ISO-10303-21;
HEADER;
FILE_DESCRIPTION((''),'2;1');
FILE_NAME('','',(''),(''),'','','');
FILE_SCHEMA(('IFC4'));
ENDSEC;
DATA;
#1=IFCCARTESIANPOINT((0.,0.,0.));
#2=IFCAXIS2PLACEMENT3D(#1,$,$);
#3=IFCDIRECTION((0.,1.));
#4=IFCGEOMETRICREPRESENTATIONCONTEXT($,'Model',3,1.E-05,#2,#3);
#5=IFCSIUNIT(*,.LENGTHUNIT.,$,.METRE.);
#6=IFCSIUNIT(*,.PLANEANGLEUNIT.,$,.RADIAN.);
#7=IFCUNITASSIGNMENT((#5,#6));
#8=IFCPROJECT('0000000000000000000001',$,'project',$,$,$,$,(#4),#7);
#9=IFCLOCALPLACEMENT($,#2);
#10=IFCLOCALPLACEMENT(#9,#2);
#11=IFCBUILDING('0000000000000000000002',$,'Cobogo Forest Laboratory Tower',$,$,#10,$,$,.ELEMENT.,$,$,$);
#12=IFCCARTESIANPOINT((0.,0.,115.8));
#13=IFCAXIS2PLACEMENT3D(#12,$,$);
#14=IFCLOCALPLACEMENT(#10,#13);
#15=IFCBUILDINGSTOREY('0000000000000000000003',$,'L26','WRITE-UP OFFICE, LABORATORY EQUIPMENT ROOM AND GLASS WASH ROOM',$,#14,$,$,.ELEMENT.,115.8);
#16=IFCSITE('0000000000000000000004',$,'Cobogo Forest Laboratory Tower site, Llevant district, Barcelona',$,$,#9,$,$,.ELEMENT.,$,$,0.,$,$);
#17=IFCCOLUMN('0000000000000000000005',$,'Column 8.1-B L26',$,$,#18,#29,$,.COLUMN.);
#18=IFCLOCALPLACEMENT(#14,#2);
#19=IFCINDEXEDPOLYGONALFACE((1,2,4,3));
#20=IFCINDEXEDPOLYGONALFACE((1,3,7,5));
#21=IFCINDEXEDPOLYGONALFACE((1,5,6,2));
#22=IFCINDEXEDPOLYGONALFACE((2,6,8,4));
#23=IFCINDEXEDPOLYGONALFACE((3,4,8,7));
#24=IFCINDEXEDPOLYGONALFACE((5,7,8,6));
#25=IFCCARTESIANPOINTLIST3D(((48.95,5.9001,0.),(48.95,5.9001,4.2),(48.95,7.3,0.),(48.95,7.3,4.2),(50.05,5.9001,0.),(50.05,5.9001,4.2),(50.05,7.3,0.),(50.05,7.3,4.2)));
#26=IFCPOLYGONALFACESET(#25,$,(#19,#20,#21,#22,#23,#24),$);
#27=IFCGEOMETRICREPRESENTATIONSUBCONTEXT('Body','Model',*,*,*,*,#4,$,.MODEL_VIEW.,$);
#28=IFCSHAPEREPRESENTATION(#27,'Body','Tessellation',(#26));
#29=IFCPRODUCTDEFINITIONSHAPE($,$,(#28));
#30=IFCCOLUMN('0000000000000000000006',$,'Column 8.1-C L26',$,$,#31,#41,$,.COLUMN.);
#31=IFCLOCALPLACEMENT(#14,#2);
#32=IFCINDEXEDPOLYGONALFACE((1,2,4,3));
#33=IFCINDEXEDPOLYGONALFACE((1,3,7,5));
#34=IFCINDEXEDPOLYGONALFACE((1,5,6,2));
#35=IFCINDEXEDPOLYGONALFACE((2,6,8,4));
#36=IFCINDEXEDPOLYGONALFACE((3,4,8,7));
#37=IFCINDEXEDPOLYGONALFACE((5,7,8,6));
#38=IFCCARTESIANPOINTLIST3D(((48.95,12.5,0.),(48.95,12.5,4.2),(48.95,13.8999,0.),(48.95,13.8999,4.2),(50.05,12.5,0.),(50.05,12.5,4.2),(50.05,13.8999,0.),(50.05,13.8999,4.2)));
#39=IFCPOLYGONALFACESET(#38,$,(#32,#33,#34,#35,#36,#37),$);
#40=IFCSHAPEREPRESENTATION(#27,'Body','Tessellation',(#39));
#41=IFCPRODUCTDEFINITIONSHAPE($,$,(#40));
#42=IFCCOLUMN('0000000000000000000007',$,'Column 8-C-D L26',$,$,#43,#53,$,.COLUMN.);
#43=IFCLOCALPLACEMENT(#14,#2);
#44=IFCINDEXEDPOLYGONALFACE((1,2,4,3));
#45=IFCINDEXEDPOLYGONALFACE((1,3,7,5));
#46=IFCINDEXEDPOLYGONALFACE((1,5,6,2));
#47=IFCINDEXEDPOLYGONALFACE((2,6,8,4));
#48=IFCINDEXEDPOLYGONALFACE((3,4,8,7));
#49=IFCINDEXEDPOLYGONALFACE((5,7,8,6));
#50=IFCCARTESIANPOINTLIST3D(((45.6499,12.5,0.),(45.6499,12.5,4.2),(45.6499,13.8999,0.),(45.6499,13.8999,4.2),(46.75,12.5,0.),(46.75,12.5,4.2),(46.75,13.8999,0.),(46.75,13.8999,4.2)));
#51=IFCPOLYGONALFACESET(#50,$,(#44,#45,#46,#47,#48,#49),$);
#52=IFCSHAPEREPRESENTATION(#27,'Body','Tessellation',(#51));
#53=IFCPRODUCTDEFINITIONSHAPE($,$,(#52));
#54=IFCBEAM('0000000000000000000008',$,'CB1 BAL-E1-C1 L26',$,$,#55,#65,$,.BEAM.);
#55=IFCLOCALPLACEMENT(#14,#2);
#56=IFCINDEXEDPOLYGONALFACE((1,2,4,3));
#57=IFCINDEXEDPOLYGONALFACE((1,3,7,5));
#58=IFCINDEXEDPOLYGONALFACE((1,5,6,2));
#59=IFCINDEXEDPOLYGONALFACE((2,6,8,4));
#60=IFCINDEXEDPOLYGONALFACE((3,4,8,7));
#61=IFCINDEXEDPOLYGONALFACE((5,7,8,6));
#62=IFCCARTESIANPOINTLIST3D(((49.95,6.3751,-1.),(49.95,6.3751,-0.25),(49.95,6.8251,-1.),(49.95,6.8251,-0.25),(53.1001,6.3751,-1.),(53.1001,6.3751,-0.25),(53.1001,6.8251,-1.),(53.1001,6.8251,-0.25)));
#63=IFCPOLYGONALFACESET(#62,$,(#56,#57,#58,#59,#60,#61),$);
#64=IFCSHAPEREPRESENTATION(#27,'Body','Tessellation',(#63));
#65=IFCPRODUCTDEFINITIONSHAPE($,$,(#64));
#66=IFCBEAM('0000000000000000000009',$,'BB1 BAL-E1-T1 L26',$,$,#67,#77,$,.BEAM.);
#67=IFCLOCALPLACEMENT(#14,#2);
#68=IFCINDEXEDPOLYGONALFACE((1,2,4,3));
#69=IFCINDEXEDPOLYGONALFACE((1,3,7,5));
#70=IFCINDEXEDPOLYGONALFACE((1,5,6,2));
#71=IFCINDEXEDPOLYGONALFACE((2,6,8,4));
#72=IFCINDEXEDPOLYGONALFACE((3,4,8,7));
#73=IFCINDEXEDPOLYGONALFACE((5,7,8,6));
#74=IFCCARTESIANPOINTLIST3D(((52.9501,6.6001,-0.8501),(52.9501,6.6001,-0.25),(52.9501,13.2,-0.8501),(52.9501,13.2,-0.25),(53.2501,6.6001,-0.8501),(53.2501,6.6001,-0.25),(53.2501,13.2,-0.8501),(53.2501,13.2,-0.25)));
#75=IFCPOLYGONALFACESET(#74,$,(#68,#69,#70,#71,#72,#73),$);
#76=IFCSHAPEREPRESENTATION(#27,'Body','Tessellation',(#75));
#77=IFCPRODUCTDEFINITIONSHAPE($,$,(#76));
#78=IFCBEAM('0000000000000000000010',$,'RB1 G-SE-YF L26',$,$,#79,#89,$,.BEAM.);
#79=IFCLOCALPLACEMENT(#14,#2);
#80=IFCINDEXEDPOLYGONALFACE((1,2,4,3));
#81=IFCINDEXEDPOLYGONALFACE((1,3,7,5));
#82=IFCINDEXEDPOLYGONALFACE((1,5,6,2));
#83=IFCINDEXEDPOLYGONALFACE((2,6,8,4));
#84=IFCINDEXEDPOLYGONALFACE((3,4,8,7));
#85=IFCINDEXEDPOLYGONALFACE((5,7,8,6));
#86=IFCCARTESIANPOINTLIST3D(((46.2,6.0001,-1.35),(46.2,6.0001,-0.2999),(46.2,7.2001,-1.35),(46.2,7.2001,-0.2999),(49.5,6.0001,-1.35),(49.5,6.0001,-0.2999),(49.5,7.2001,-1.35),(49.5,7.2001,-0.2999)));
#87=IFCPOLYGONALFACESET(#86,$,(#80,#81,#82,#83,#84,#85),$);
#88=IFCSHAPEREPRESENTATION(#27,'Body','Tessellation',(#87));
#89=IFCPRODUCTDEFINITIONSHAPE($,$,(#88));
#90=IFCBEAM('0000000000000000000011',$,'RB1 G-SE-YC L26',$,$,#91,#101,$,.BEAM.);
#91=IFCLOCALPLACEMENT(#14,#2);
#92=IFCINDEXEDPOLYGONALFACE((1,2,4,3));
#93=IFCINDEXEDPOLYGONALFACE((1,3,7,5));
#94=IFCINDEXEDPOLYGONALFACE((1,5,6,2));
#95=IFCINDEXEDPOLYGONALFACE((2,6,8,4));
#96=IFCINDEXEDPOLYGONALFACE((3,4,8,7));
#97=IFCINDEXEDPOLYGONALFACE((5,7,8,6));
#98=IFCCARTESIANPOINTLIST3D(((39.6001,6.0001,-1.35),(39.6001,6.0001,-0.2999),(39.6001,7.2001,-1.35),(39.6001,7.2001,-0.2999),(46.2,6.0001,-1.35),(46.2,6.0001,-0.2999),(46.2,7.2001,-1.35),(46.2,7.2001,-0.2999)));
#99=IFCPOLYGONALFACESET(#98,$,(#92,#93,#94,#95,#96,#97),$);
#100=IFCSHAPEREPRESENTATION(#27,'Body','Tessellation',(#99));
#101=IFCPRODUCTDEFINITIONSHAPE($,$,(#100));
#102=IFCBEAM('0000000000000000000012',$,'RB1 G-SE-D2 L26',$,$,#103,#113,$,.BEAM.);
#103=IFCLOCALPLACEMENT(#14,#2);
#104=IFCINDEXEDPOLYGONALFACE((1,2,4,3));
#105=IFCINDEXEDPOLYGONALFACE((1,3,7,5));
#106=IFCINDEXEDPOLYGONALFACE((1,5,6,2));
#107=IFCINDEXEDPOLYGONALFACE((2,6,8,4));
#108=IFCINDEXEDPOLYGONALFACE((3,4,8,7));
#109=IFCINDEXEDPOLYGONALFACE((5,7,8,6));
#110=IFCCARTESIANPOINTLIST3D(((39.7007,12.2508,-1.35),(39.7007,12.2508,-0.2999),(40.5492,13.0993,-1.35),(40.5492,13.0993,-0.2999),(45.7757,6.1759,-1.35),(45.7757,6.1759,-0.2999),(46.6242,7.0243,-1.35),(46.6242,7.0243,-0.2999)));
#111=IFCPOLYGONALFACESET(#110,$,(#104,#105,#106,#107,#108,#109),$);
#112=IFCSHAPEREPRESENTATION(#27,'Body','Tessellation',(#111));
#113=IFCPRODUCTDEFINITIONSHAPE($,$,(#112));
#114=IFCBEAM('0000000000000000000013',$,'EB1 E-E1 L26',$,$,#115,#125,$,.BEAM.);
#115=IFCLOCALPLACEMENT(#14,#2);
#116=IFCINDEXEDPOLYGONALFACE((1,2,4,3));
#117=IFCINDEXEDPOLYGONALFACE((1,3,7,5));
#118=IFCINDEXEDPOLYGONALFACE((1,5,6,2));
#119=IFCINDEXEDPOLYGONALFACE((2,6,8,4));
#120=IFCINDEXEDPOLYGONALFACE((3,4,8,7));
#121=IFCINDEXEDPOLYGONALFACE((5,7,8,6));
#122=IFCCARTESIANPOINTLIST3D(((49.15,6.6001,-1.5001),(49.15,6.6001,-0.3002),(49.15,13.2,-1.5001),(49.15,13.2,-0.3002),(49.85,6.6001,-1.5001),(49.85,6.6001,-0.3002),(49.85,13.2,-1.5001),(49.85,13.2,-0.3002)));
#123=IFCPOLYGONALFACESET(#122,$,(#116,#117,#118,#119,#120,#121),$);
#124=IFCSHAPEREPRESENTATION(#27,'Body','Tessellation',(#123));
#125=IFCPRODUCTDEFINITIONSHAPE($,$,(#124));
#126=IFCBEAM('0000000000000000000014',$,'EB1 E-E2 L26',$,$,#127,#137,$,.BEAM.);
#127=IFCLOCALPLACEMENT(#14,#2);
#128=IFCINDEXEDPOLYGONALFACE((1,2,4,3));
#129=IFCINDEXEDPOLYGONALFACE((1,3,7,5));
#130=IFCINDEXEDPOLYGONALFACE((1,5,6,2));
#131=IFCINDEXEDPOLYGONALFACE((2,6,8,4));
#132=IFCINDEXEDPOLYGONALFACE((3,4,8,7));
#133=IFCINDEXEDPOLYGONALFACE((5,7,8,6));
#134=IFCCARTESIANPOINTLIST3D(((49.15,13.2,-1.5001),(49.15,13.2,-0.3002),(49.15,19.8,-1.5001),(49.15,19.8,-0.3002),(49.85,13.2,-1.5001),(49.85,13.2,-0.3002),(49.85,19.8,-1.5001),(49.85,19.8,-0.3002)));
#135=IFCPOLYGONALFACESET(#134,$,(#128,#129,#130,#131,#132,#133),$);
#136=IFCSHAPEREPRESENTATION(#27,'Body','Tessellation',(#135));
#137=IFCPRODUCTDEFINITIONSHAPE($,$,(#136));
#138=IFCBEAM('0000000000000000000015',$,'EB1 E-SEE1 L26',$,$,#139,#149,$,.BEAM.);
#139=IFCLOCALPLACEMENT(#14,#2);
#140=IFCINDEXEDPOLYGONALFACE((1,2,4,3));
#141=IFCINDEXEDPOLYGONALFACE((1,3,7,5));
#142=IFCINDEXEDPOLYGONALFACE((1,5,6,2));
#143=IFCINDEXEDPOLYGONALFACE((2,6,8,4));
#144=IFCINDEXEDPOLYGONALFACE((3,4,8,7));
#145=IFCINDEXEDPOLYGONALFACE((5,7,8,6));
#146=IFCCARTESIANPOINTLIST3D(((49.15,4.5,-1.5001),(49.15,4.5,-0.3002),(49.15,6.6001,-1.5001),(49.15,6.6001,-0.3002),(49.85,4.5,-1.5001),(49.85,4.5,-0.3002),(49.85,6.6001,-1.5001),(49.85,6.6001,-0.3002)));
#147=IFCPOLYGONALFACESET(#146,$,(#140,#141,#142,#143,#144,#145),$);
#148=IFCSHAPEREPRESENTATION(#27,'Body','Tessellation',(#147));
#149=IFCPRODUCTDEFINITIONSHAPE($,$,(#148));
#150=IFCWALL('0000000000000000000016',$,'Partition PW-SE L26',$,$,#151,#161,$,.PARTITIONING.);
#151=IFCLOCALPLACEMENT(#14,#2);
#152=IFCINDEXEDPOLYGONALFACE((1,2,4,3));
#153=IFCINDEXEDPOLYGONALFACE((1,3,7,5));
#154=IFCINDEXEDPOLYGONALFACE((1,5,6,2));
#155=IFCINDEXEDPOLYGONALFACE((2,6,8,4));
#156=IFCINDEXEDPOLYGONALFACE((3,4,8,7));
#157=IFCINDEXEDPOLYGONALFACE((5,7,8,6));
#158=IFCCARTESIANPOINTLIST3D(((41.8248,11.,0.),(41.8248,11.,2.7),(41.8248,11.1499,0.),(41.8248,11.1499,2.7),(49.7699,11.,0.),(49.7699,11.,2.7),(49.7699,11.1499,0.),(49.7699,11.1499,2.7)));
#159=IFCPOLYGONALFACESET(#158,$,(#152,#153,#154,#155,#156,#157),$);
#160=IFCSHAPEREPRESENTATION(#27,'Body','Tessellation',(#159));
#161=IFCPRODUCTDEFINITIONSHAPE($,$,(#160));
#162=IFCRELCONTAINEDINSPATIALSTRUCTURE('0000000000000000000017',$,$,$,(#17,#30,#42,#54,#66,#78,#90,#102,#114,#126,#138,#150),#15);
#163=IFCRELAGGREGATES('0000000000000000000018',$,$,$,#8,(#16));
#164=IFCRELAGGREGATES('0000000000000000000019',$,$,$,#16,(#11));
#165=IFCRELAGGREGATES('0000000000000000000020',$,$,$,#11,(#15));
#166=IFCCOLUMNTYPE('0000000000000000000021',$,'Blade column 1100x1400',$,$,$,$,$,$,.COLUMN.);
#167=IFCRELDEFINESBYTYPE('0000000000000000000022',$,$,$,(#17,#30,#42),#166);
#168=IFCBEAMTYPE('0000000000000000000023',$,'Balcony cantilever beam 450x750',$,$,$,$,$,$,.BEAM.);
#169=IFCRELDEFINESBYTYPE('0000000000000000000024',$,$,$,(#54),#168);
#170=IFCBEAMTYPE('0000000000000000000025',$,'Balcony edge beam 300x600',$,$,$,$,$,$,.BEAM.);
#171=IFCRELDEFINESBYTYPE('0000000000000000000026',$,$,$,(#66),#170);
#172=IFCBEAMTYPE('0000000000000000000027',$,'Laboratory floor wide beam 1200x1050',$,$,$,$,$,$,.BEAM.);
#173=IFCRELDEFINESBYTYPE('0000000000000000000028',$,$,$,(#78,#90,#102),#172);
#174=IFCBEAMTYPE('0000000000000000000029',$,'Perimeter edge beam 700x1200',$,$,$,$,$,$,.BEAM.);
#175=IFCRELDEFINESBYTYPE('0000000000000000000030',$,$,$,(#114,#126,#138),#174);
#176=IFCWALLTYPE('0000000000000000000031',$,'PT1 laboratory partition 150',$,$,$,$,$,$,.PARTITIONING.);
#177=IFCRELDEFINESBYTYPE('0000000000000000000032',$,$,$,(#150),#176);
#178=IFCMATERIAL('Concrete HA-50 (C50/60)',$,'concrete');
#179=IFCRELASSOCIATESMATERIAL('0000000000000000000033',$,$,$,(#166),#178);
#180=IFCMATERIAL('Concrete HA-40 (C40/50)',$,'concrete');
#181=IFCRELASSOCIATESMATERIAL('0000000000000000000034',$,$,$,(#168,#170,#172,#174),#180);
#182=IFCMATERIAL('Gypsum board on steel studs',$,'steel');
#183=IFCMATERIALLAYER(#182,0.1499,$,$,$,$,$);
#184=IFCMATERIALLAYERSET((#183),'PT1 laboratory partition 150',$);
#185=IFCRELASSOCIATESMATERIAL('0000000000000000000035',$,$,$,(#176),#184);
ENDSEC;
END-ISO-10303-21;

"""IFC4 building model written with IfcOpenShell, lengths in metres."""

from ifc_helpers import new_model, si_unit, direction, frame, frame_2d, origin, origin_2d, place, context, subcontext, project, spatial, rectangle, extrude, material, layer, layer_set, material_profile, profile_set, type_object, element, save


model = new_model("IFC4")

# Units and contexts
model_context = context("Model", 3, precision=1e-05, world=origin(), true_north=direction((0.0, 1.0)))
body_context = subcontext(model_context, "Body", "Model", "MODEL_VIEW")
ifc_project = project(units=[si_unit("LENGTHUNIT", "METRE"), si_unit("PLANEANGLEUNIT", "RADIAN")], contexts=[model_context])

# Site, building, storey
site_placement = place(None, origin())
site = spatial("IfcSite", under=ifc_project, at=site_placement, Name="Cobogo Forest Laboratory Tower site, Llevant district, Barcelona", CompositionType="ELEMENT", RefElevation=0.0)
building_placement = place(site_placement, origin())
building = spatial("IfcBuilding", under=site, at=building_placement, Name="Cobogo Forest Laboratory Tower", CompositionType="ELEMENT")
storey_placement = place(building_placement, frame((0.0, 0.0, 115.8)))
storey = spatial("IfcBuildingStorey", under=building, at=storey_placement, Name="L26", Description="WRITE-UP OFFICE, LABORATORY EQUIPMENT ROOM AND GLASS WASH ROOM", CompositionType="ELEMENT", Elevation=115.8)

# Columns
ifc_material_1 = material(Name="Concrete HA-50 (C50/60)", Category="concrete")
ifc_material_profile_1 = material_profile(ifc_material_1, rectangle(XDim=1.3999, YDim=1.1001, at=origin_2d()), Name="RC 1100x1400")
ifc_profile_set_1 = profile_set([ifc_material_profile_1], Name="Concrete HA-50 (C50/60)")
column_type = type_object("IfcColumnType", Name="Blade column 1100x1400", PredefinedType="COLUMN", material=ifc_profile_set_1)
for number, where, z_axis, x_axis, name in (
    (1, (49.5, 6.6001, 0.0), (0.0, 0.0, 1.0), (0.0, 1.0, 0.0), "Column 8.1-B L26"),
    (2, (49.5, 13.2, 0.0), (0.0, 0.0, 1.0), (0.0, 1.0, 0.0), "Column 8.1-C L26"),
    (3, (46.2, 13.2, 0.0), (0.0, 0.0, 1.0), (0.0, 1.0, 0.0), "Column 8-C-D L26"),
):
    element("IfcColumn", number, at=place(storey_placement, frame(where, z_axis=z_axis, x_axis=x_axis)), inside=storey, type_object=column_type, Name=name, PredefinedType="COLUMN", context=body_context, shape_type="SweptSolid", body=[
        extrude(rectangle(XDim=1.3999, YDim=1.1001, at=origin_2d()), origin(), (0.0, 0.0, 1.0), 4.2),
    ])

# Beams
ifc_material_2 = material(Name="Concrete HA-40 (C40/50)", Category="concrete")
ifc_material_profile_2 = material_profile(ifc_material_2, rectangle(XDim=0.45, YDim=0.75, at=origin_2d()), Name="RC 450x750")
ifc_profile_set_2 = profile_set([ifc_material_profile_2], Name="Concrete HA-40 (C40/50)")
beam_type_1 = type_object("IfcBeamType", Name="Balcony cantilever beam 450x750", PredefinedType="BEAM", material=ifc_profile_set_2)
beam_1_placement = place(storey_placement, frame((49.95, 6.6001, -0.625), z_axis=(1.0, 0.0, 0.0), x_axis=(0.0, 1.0, 0.0)))
element("IfcBeam", 4, at=beam_1_placement, inside=storey, type_object=beam_type_1, Name="CB1 BAL-E1-C1 L26", PredefinedType="BEAM", context=body_context, shape_type="SweptSolid", body=[
    extrude(rectangle(XDim=0.45, YDim=0.75, at=origin_2d()), origin(), (0.0, 0.0, 1.0), 3.1501),
])
ifc_material_profile_3 = material_profile(ifc_material_2, rectangle(XDim=0.3, YDim=0.6001, at=origin_2d()), Name="RC 300x600")
ifc_profile_set_3 = profile_set([ifc_material_profile_3], Name="Concrete HA-40 (C40/50)")
beam_type_2 = type_object("IfcBeamType", Name="Balcony edge beam 300x600", PredefinedType="BEAM", material=ifc_profile_set_3)
beam_2_placement = place(storey_placement, frame((53.1001, 6.6001, -0.55), z_axis=(0.0, 1.0, 0.0), x_axis=(-1.0, 0.0, 0.0)))
element("IfcBeam", 5, at=beam_2_placement, inside=storey, type_object=beam_type_2, Name="BB1 BAL-E1-T1 L26", PredefinedType="BEAM", context=body_context, shape_type="SweptSolid", body=[
    extrude(rectangle(XDim=0.3, YDim=0.6001, at=origin_2d()), origin(), (0.0, 0.0, 1.0), 6.5999),
])
ifc_material_profile_4 = material_profile(ifc_material_2, rectangle(XDim=1.2, YDim=1.05, at=origin_2d()), Name="RC 1200x1050")
ifc_profile_set_4 = profile_set([ifc_material_profile_4], Name="Concrete HA-40 (C40/50)")
beam_type_3 = type_object("IfcBeamType", Name="Laboratory floor wide beam 1200x1050", PredefinedType="BEAM", material=ifc_profile_set_4)
beam_3_placement = place(storey_placement, frame((49.5, 6.6001, -0.825), z_axis=(-1.0, 0.0, 0.0), x_axis=(0.0, -1.0, 0.0)))
element("IfcBeam", 6, at=beam_3_placement, inside=storey, type_object=beam_type_3, Name="RB1 G-SE-YF L26", PredefinedType="BEAM", context=body_context, shape_type="SweptSolid", body=[
    extrude(rectangle(XDim=1.2, YDim=1.05, at=origin_2d()), origin(), (0.0, 0.0, 1.0), 3.3),
])
beam_4_placement = place(storey_placement, frame((46.2, 6.6001, -0.825), z_axis=(-1.0, 0.0, 0.0), x_axis=(0.0, -1.0, 0.0)))
element("IfcBeam", 7, at=beam_4_placement, inside=storey, type_object=beam_type_3, Name="RB1 G-SE-YC L26", PredefinedType="BEAM", context=body_context, shape_type="SweptSolid", body=[
    extrude(rectangle(XDim=1.2, YDim=1.05, at=origin_2d()), origin(), (0.0, 0.0, 1.0), 6.5999),
])
beam_5_placement = place(storey_placement, frame((46.2, 6.6001, -0.825), z_axis=(-0.707107, 0.707107, 0.0), x_axis=(-0.707107, -0.707107, 0.0)))
element("IfcBeam", 8, at=beam_5_placement, inside=storey, type_object=beam_type_3, Name="RB1 G-SE-D2 L26", PredefinedType="BEAM", context=body_context, shape_type="SweptSolid", body=[
    extrude(rectangle(XDim=1.2, YDim=1.05, at=origin_2d()), origin(), (0.0, 0.0, 1.0), 8.5913),
])
ifc_material_profile_5 = material_profile(ifc_material_2, rectangle(XDim=0.7, YDim=1.2, at=origin_2d()), Name="RC 700x1200")
ifc_profile_set_5 = profile_set([ifc_material_profile_5], Name="Concrete HA-40 (C40/50)")
beam_type_4 = type_object("IfcBeamType", Name="Perimeter edge beam 700x1200", PredefinedType="BEAM", material=ifc_profile_set_5)
beam_6_placement = place(storey_placement, frame((49.5, 6.6001, -0.9001), z_axis=(0.0, 1.0, 0.0), x_axis=(-1.0, 0.0, 0.0)))
element("IfcBeam", 9, at=beam_6_placement, inside=storey, type_object=beam_type_4, Name="EB1 E-E1 L26", PredefinedType="BEAM", context=body_context, shape_type="SweptSolid", body=[
    extrude(rectangle(XDim=0.7, YDim=1.2, at=origin_2d()), origin(), (0.0, 0.0, 1.0), 6.5999),
])
beam_7_placement = place(storey_placement, frame((49.5, 13.2, -0.9001), z_axis=(0.0, 1.0, 0.0), x_axis=(-1.0, 0.0, 0.0)))
element("IfcBeam", 10, at=beam_7_placement, inside=storey, type_object=beam_type_4, Name="EB1 E-E2 L26", PredefinedType="BEAM", context=body_context, shape_type="SweptSolid", body=[
    extrude(rectangle(XDim=0.7, YDim=1.2, at=origin_2d()), origin(), (0.0, 0.0, 1.0), 6.6001),
])
beam_8_placement = place(storey_placement, frame((49.5, 6.6001, -0.9001), z_axis=(0.0, -1.0, 0.0), x_axis=(1.0, 0.0, 0.0)))
element("IfcBeam", 11, at=beam_8_placement, inside=storey, type_object=beam_type_4, Name="EB1 E-SEE1 L26", PredefinedType="BEAM", context=body_context, shape_type="SweptSolid", body=[
    extrude(rectangle(XDim=0.7, YDim=1.2, at=origin_2d()), origin(), (0.0, 0.0, 1.0), 2.1001),
])

# Wall
ifc_material_3 = material(Name="Gypsum board on steel studs", Category="steel")
ifc_layer_1 = layer(ifc_material_3, 0.1499)
ifc_layer_set_1 = layer_set([ifc_layer_1], Name="PT1 laboratory partition 150")
wall_type_1 = type_object("IfcWallType", Name="PT1 laboratory partition 150", PredefinedType="PARTITIONING", material=ifc_layer_set_1)
wall_1_placement = place(storey_placement, frame((49.77, 11.075, 0.0), z_axis=(0.0, 0.0, 1.0), x_axis=(-1.0, 0.0, 0.0)))
element("IfcWall", 12, at=wall_1_placement, inside=storey, type_object=wall_type_1, Name="Partition PW-SE L26", PredefinedType="PARTITIONING", context=body_context, shape_type="SweptSolid", body=[
    extrude(rectangle(XDim=7.9451, YDim=0.1499, at=frame_2d((3.9727, 0.0))), origin(), (0.0, 0.0, 1.0), 2.7),
])

save(model, "model.ifc")
